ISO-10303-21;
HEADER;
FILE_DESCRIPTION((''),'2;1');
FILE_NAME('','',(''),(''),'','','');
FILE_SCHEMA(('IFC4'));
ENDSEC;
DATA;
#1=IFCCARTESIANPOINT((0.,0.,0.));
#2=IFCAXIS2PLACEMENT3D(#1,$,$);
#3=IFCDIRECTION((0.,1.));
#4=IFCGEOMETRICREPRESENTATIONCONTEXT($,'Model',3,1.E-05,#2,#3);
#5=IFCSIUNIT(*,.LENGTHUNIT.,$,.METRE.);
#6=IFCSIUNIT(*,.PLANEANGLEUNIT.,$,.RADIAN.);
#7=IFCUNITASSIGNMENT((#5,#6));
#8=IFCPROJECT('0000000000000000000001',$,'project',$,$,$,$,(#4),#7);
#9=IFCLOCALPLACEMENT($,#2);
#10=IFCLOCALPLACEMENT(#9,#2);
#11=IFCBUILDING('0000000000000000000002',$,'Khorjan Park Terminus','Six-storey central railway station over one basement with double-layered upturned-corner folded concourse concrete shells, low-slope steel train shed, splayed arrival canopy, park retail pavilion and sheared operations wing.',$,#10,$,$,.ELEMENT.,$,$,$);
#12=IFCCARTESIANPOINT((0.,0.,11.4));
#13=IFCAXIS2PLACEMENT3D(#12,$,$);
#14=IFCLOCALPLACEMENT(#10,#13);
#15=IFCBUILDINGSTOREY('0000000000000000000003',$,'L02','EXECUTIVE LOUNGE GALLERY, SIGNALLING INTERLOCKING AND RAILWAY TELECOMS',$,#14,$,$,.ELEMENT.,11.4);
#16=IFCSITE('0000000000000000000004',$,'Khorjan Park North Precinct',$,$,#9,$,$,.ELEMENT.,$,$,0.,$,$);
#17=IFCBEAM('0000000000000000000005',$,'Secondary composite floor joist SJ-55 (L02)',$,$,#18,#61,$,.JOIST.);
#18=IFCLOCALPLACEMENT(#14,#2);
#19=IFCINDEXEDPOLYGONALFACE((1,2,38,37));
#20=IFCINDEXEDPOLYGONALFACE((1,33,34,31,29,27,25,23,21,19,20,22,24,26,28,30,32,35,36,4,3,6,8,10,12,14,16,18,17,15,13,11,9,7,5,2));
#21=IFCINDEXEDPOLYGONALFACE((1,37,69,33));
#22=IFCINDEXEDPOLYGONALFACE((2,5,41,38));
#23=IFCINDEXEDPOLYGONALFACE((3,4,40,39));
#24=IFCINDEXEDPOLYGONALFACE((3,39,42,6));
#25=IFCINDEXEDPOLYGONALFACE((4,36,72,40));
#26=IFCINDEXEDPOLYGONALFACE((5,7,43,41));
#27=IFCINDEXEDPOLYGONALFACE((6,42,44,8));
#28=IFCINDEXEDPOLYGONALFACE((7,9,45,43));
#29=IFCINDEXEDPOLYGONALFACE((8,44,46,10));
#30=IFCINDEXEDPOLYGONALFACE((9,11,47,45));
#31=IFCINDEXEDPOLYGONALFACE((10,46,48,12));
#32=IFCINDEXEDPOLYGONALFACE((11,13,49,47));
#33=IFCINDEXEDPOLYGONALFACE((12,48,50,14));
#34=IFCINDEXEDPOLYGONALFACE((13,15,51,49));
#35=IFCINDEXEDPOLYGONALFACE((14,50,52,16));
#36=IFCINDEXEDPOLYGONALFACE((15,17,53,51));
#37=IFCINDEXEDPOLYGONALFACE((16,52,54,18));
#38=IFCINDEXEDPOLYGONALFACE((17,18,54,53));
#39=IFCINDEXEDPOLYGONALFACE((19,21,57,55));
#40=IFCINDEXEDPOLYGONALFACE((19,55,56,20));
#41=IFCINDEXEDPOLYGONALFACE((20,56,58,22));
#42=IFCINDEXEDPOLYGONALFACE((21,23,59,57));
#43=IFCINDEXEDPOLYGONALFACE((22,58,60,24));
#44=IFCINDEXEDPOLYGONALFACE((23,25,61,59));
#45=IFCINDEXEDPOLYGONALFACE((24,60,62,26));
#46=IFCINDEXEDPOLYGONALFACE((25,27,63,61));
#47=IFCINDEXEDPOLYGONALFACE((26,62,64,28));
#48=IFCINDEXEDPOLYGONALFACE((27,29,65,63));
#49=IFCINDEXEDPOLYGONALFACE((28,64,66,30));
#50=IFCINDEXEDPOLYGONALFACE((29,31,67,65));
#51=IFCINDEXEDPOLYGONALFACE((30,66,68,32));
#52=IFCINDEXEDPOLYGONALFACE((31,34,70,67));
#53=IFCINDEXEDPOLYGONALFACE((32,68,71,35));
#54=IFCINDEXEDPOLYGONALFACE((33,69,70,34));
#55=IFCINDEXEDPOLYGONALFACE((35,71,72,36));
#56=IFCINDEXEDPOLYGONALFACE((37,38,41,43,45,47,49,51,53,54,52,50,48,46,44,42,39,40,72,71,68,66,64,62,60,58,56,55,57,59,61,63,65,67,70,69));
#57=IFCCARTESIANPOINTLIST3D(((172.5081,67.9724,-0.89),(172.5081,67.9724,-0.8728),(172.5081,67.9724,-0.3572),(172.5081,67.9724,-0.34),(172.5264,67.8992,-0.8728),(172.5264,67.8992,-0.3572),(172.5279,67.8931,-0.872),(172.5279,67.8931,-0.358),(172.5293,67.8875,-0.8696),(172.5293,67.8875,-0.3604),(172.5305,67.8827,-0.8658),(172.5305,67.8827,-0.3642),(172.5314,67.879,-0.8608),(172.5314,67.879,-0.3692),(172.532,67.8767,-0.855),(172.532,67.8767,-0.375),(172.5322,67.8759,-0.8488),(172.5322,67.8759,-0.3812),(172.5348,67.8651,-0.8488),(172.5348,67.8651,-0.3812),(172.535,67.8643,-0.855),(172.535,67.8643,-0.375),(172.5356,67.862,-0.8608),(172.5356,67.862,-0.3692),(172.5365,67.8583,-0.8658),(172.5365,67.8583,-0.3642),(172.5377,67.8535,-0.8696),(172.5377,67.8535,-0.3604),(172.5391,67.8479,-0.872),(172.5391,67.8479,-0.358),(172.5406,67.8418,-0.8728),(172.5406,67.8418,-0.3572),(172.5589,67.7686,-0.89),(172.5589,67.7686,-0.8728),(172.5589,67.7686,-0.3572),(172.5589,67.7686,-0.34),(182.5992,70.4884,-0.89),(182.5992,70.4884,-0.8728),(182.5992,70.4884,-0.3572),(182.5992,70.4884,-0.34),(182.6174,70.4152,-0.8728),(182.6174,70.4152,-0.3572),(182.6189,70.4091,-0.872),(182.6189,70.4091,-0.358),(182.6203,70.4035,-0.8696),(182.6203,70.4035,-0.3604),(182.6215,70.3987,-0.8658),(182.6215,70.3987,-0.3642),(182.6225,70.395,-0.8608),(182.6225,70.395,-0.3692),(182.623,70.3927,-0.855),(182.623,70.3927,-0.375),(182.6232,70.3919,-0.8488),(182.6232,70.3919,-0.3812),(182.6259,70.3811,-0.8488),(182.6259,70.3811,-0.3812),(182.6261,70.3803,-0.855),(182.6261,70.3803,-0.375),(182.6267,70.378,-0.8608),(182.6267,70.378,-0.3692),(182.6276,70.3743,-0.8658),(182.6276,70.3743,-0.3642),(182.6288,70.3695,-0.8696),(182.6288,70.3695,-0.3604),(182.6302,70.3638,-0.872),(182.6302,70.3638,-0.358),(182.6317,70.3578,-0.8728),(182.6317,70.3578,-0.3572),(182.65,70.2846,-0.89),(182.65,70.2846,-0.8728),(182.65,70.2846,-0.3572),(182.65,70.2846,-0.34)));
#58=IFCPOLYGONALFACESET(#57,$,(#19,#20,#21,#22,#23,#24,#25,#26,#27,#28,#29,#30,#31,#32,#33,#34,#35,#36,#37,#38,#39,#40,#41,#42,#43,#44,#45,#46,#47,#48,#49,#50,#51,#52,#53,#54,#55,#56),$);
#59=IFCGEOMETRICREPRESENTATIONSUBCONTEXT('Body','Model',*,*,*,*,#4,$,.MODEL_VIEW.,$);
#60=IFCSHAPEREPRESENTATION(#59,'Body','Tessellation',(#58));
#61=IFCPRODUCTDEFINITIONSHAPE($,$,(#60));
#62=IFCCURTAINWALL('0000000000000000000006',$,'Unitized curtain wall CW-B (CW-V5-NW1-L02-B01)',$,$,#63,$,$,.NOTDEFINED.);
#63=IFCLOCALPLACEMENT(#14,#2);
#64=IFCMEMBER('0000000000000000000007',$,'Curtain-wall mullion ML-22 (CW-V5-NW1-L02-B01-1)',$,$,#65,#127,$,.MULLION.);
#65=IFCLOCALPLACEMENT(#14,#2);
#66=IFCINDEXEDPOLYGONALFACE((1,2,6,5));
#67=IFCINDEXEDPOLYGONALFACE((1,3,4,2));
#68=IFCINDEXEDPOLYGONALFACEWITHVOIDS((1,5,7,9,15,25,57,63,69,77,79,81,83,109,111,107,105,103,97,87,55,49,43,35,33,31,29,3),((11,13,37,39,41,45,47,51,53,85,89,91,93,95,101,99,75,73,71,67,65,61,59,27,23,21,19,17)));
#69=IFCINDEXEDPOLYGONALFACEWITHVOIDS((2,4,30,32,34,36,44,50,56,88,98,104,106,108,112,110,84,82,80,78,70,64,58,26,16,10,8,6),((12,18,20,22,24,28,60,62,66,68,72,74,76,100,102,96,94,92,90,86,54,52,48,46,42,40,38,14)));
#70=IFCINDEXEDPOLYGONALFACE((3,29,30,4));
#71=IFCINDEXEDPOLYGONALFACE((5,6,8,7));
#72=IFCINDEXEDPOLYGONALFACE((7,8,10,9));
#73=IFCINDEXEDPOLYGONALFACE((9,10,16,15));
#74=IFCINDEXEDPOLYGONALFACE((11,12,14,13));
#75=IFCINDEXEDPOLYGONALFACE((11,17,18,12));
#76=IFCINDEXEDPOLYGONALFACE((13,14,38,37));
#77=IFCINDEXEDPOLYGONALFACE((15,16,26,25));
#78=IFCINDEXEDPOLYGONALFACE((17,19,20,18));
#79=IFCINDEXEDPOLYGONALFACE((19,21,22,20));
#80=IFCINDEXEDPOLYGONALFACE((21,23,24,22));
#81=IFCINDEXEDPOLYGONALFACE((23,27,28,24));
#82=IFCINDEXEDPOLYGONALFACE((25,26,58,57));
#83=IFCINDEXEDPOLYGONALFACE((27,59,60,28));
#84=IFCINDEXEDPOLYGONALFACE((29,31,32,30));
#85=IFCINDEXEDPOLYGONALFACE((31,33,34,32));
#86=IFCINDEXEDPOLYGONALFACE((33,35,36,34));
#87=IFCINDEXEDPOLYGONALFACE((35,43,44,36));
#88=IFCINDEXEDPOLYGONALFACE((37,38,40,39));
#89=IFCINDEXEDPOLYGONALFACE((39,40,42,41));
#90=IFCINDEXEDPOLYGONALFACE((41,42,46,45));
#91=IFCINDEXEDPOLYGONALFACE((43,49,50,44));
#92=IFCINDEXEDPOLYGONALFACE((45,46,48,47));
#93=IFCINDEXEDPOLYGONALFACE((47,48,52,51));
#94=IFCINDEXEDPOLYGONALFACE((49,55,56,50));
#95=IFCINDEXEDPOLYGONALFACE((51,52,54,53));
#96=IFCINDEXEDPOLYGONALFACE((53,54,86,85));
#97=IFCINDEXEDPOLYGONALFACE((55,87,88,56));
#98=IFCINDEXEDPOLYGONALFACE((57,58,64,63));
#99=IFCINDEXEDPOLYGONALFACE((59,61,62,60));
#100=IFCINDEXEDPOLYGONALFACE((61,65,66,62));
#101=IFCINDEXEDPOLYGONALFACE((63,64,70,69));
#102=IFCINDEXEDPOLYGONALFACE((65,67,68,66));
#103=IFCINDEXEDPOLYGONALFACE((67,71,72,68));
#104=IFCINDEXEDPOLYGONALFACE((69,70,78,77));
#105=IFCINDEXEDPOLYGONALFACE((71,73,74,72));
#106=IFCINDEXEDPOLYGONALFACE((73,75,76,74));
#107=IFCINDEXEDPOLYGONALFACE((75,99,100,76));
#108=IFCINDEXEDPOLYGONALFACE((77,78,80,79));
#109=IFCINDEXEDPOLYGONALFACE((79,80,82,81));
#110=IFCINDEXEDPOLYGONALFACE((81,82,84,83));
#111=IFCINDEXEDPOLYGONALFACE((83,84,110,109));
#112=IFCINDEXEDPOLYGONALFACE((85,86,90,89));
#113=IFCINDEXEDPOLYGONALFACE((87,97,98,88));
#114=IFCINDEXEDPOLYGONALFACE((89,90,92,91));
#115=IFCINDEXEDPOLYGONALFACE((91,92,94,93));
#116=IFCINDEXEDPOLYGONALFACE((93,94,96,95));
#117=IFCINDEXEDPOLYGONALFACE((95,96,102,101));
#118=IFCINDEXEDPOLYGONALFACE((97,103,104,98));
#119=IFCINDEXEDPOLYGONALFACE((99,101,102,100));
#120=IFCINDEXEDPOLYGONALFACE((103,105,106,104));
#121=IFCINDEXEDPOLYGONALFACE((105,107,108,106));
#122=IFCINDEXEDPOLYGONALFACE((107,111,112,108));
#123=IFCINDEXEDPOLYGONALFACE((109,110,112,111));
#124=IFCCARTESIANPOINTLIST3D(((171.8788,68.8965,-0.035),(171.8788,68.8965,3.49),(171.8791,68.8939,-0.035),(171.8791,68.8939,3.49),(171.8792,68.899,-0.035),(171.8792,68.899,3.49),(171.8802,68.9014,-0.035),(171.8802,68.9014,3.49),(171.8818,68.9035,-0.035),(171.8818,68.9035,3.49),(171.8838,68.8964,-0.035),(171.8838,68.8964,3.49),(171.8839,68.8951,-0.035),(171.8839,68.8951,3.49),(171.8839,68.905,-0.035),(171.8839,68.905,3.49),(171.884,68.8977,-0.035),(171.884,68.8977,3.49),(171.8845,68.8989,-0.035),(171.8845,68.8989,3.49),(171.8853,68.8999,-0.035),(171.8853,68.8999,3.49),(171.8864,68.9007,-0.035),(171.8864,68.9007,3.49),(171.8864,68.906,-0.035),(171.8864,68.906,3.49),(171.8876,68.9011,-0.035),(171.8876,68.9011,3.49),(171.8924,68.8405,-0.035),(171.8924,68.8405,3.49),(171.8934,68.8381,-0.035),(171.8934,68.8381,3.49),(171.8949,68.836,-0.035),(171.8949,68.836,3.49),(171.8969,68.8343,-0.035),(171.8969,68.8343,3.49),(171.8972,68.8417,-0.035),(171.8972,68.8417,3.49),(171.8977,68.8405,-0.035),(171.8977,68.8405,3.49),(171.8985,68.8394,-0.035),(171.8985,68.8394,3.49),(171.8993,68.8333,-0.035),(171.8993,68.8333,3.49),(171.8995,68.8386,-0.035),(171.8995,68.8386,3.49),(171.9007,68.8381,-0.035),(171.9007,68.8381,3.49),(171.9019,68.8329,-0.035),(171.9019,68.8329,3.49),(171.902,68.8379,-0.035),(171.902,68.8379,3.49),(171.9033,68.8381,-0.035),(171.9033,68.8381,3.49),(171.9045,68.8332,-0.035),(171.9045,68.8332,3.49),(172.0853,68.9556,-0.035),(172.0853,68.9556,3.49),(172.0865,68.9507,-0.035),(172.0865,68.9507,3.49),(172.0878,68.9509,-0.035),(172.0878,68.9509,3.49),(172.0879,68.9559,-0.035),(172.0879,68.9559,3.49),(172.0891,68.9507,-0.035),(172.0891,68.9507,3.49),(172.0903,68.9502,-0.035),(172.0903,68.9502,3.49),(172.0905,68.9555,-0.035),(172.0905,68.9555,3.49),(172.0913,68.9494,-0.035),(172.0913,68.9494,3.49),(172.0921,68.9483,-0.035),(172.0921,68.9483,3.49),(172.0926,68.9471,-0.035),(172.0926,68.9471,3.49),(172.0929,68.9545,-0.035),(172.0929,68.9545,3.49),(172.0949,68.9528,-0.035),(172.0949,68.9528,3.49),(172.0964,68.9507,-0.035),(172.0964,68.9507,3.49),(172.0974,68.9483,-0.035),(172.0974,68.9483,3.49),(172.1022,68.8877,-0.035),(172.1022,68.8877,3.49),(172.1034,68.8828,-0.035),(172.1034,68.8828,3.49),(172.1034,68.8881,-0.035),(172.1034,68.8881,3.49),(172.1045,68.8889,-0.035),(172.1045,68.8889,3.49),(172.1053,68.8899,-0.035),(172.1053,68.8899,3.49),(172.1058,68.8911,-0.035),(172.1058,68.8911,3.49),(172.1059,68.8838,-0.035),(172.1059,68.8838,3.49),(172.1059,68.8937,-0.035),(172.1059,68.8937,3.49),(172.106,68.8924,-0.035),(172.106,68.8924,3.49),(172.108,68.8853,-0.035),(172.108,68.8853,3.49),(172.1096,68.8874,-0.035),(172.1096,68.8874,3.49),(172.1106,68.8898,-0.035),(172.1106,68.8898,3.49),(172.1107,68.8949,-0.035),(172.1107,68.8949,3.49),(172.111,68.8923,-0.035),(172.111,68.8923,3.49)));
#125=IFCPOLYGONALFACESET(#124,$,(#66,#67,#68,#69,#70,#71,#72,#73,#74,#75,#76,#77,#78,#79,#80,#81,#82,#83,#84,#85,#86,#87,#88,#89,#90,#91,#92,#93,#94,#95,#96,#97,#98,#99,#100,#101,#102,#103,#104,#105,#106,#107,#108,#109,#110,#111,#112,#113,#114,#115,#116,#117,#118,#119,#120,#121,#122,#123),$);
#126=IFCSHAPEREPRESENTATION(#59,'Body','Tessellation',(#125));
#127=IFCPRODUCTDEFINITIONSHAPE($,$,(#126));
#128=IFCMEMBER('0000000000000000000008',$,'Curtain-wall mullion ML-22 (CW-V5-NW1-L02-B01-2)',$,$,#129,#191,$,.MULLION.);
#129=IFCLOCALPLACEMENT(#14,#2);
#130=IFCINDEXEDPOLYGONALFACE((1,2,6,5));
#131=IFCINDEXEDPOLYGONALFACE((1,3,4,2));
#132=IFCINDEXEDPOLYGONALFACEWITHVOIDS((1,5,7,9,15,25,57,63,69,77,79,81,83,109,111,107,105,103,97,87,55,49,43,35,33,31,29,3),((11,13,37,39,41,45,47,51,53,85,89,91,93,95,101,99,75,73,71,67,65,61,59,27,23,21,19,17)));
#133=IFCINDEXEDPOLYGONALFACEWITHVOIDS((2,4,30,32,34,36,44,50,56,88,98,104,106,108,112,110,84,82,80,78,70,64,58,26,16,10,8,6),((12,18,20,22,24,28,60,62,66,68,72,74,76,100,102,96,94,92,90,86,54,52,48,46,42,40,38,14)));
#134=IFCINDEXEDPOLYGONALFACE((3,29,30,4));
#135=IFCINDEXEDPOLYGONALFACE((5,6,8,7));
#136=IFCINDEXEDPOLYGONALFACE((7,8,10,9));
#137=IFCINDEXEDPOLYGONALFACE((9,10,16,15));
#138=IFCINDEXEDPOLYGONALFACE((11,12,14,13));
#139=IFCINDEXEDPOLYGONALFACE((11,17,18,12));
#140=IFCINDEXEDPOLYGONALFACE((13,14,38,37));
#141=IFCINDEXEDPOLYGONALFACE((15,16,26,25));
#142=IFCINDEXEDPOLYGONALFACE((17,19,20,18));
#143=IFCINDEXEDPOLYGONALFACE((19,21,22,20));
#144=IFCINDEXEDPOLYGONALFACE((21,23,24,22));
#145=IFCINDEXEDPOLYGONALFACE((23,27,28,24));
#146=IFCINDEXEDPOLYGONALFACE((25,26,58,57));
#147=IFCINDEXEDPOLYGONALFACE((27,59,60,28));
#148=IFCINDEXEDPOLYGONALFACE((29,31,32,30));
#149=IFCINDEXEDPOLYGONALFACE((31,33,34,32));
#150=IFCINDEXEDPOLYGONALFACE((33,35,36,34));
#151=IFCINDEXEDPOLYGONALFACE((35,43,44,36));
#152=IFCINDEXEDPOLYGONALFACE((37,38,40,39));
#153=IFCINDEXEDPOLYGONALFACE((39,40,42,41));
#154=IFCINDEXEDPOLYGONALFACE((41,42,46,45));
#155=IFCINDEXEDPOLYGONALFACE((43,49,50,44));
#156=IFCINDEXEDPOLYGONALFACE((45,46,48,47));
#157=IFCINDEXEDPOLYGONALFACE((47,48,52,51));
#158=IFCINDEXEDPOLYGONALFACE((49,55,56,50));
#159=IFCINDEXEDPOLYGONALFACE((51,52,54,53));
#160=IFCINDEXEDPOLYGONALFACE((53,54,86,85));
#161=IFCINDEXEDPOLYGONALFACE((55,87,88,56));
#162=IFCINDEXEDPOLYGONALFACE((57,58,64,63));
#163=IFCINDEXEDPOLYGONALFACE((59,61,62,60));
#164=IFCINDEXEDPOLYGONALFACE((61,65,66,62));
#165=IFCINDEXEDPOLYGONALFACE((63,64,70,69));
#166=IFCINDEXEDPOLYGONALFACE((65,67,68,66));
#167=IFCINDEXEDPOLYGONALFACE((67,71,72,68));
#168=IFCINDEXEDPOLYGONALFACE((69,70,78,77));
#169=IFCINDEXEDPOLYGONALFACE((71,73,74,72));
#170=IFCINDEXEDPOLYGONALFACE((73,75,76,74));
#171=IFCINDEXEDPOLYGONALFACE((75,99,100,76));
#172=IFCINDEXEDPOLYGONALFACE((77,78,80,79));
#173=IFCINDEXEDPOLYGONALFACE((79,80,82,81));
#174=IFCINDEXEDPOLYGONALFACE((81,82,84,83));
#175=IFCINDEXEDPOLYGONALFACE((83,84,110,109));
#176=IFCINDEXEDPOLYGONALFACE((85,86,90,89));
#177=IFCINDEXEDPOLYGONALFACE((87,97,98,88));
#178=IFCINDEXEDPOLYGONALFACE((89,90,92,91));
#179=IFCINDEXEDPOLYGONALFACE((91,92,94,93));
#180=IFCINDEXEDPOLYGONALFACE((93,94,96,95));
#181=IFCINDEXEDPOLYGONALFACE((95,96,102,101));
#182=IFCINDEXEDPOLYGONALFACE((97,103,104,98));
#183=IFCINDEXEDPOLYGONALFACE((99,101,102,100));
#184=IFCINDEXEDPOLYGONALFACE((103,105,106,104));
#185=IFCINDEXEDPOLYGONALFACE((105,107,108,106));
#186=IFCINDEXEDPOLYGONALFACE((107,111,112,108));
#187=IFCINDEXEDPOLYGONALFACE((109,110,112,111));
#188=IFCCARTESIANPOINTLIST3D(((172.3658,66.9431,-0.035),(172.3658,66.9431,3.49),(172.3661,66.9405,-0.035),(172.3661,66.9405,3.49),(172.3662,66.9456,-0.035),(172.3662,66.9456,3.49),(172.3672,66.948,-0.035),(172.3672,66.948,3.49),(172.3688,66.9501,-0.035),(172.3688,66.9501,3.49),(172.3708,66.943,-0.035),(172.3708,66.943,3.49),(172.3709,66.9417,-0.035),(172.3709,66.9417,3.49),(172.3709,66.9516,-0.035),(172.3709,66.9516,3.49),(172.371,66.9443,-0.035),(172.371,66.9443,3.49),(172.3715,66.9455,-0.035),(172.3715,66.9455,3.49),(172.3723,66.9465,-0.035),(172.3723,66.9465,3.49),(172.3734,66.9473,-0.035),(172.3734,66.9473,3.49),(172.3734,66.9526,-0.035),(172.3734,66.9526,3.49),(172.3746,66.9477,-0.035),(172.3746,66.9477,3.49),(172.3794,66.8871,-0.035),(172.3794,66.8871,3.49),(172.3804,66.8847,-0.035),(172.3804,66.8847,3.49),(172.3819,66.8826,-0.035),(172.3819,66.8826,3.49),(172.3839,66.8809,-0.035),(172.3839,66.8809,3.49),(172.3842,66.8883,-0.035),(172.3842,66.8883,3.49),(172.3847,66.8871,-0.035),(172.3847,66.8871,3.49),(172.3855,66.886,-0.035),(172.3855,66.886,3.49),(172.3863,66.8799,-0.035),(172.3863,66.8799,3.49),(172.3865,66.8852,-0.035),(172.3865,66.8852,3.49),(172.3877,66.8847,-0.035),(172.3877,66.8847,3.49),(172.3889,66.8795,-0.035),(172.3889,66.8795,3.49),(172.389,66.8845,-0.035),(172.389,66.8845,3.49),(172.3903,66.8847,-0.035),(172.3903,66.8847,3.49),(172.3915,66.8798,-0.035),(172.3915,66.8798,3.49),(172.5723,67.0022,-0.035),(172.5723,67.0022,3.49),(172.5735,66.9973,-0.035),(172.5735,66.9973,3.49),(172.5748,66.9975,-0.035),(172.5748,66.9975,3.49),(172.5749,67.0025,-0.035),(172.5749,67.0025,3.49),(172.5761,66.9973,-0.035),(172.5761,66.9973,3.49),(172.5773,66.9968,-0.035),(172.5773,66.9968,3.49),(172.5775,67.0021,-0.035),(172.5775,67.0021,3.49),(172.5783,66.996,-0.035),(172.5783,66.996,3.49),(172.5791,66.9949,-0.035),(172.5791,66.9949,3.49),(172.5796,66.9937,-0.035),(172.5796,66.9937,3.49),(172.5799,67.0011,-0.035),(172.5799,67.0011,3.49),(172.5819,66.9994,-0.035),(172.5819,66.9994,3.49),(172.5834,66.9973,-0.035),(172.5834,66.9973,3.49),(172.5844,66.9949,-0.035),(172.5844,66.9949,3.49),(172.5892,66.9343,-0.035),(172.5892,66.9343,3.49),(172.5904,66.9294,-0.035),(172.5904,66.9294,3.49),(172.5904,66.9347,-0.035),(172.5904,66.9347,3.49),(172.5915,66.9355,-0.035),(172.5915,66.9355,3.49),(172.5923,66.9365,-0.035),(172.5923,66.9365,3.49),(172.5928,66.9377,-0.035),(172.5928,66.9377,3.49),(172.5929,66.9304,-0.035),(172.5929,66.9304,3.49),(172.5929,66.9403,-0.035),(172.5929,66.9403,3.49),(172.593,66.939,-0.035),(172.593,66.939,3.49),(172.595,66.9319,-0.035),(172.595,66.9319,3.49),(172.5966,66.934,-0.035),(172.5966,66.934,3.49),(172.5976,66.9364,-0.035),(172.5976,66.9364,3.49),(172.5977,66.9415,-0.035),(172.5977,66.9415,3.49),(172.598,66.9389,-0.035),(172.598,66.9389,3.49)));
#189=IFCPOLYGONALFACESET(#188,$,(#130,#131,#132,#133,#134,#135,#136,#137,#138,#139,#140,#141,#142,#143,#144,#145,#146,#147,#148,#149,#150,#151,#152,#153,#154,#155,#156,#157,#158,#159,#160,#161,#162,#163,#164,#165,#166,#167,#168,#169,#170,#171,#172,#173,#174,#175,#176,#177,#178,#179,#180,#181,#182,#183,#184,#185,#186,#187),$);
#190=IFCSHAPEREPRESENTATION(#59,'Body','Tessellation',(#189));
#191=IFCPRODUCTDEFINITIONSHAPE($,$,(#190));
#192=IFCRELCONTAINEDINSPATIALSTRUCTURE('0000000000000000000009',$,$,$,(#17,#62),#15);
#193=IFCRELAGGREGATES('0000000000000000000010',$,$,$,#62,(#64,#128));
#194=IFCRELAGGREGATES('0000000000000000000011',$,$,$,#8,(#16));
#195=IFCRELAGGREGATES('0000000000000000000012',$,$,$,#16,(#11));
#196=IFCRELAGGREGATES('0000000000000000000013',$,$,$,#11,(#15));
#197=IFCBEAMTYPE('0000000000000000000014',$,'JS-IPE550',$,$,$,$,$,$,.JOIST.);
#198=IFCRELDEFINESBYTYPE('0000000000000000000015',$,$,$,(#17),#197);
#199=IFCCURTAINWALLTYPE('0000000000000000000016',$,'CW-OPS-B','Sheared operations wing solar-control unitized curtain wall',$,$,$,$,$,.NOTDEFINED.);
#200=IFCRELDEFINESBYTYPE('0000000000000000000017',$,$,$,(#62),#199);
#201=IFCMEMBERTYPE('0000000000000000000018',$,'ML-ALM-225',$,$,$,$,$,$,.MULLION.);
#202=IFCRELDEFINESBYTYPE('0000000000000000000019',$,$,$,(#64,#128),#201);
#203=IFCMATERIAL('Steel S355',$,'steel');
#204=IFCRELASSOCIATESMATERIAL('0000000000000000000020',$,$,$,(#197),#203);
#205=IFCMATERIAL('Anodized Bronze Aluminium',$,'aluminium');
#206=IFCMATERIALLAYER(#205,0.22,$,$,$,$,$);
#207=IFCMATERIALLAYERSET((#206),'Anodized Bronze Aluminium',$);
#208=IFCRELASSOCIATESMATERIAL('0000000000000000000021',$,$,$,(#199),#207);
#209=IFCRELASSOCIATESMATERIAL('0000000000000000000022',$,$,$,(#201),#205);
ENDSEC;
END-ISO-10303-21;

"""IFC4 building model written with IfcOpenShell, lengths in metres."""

from ifc_helpers import new_model, si_unit, direction, frame, origin, origin_2d, place, context, subcontext, project, spatial, hollow_rectangle, i_section, extrude, material, layer, layer_set, material_profile, profile_set, type_object, element, aggregate, save


model = new_model("IFC4")

# Units and contexts
model_context = context("Model", 3, precision=1e-05, world=origin(), true_north=direction((0.0, 1.0)))
body_context = subcontext(model_context, "Body", "Model", "MODEL_VIEW")
ifc_project = project(units=[si_unit("LENGTHUNIT", "METRE"), si_unit("PLANEANGLEUNIT", "RADIAN")], contexts=[model_context])

# Site, building, storey
site_placement = place(None, origin())
site = spatial("IfcSite", under=ifc_project, at=site_placement, Name="Khorjan Park North Precinct", CompositionType="ELEMENT", RefElevation=0.0)
building_placement = place(site_placement, origin())
building = spatial("IfcBuilding", under=site, at=building_placement, Name="Khorjan Park Terminus", Description="Six-storey central railway station over one basement with double-layered upturned-corner folded concourse concrete shells, low-slope steel train shed, splayed arrival canopy, park retail pavilion and sheared operations wing.", CompositionType="ELEMENT")
storey_placement = place(building_placement, frame((0.0, 0.0, 11.4)))
storey = spatial("IfcBuildingStorey", under=building, at=storey_placement, Name="L02", Description="EXECUTIVE LOUNGE GALLERY, SIGNALLING INTERLOCKING AND RAILWAY TELECOMS", CompositionType="ELEMENT", Elevation=11.4)

# Beam
ifc_material_1 = material(Name="Steel S355", Category="steel")
ifc_material_profile_1 = material_profile(ifc_material_1, i_section(OverallWidth=0.21, OverallDepth=0.55, WebThickness=0.0111, FlangeThickness=0.0172, FilletRadius=0.024, at=origin_2d()), Name="IPE 550")
ifc_profile_set_1 = profile_set([ifc_material_profile_1], Name="Steel S355")
beam_type = type_object("IfcBeamType", Name="JS-IPE550", PredefinedType="JOIST", material=ifc_profile_set_1)
beam_placement = place(storey_placement, frame((172.5335, 67.8705, -0.615), z_axis=(0.970296, 0.241922, 0.0), x_axis=(-0.241922, 0.970296, 0.0)))
element("IfcBeam", 1, at=beam_placement, inside=storey, type_object=beam_type, Name="Secondary composite floor joist SJ-55 (L02)", PredefinedType="JOIST", context=body_context, shape_type="SweptSolid", body=[
    extrude(i_section(OverallWidth=0.21, OverallDepth=0.55, WebThickness=0.0111, FlangeThickness=0.0172, FilletRadius=0.024, at=origin_2d()), origin(), (0.0, 0.0, 1.0), 10.4),
])

# Curtain wall, members
ifc_material_2 = material(Name="Anodized Bronze Aluminium", Category="aluminium")
ifc_layer_1 = layer(ifc_material_2, 0.22)
ifc_layer_set_1 = layer_set([ifc_layer_1], Name="Anodized Bronze Aluminium")
curtain_wall_type = type_object("IfcCurtainWallType", Name="CW-OPS-B", Description="Sheared operations wing solar-control unitized curtain wall", PredefinedType="NOTDEFINED", material=ifc_layer_set_1)
curtain_wall_placement = place(storey_placement, origin())
curtain_wall = element("IfcCurtainWall", 2, at=curtain_wall_placement, inside=storey, type_object=curtain_wall_type, Name="Unitized curtain wall CW-B (CW-V5-NW1-L02-B01)", PredefinedType="NOTDEFINED")
ifc_material_profile_2 = material_profile(ifc_material_2, hollow_rectangle(XDim=0.075, YDim=0.225, WallThickness=0.005, InnerFilletRadius=0.005, OuterFilletRadius=0.01, at=origin_2d()), Name="ALM 75x225x5")
ifc_profile_set_2 = profile_set([ifc_material_profile_2], Name="Anodized Bronze Aluminium")
member_type_1 = type_object("IfcMemberType", Name="ML-ALM-225", PredefinedType="MULLION", material=ifc_profile_set_2)
member_1_placement = place(storey_placement, frame((171.9949, 68.8944, -0.035), z_axis=(0.0, 0.0, 1.0), x_axis=(0.241921, -0.970296, 0.0)))
member_1 = element("IfcMember", 3, at=member_1_placement, type_object=member_type_1, Name="Curtain-wall mullion ML-22 (CW-V5-NW1-L02-B01-1)", PredefinedType="MULLION", context=body_context, shape_type="SweptSolid", body=[
    extrude(hollow_rectangle(XDim=0.075, YDim=0.225, WallThickness=0.005, InnerFilletRadius=0.005, OuterFilletRadius=0.01, at=origin_2d()), origin(), (0.0, 0.0, 1.0), 3.525),
])
member_2_placement = place(storey_placement, frame((172.4819, 66.941, -0.035), z_axis=(0.0, 0.0, 1.0), x_axis=(0.241921, -0.970296, 0.0)))
member_2 = element("IfcMember", 4, at=member_2_placement, type_object=member_type_1, Name="Curtain-wall mullion ML-22 (CW-V5-NW1-L02-B01-2)", PredefinedType="MULLION", context=body_context, shape_type="SweptSolid", body=[
    extrude(hollow_rectangle(XDim=0.075, YDim=0.225, WallThickness=0.005, InnerFilletRadius=0.005, OuterFilletRadius=0.01, at=origin_2d()), origin(), (0.0, 0.0, 1.0), 3.525),
])
aggregate(curtain_wall, [member_1, member_2])

save(model, "model.ifc")
